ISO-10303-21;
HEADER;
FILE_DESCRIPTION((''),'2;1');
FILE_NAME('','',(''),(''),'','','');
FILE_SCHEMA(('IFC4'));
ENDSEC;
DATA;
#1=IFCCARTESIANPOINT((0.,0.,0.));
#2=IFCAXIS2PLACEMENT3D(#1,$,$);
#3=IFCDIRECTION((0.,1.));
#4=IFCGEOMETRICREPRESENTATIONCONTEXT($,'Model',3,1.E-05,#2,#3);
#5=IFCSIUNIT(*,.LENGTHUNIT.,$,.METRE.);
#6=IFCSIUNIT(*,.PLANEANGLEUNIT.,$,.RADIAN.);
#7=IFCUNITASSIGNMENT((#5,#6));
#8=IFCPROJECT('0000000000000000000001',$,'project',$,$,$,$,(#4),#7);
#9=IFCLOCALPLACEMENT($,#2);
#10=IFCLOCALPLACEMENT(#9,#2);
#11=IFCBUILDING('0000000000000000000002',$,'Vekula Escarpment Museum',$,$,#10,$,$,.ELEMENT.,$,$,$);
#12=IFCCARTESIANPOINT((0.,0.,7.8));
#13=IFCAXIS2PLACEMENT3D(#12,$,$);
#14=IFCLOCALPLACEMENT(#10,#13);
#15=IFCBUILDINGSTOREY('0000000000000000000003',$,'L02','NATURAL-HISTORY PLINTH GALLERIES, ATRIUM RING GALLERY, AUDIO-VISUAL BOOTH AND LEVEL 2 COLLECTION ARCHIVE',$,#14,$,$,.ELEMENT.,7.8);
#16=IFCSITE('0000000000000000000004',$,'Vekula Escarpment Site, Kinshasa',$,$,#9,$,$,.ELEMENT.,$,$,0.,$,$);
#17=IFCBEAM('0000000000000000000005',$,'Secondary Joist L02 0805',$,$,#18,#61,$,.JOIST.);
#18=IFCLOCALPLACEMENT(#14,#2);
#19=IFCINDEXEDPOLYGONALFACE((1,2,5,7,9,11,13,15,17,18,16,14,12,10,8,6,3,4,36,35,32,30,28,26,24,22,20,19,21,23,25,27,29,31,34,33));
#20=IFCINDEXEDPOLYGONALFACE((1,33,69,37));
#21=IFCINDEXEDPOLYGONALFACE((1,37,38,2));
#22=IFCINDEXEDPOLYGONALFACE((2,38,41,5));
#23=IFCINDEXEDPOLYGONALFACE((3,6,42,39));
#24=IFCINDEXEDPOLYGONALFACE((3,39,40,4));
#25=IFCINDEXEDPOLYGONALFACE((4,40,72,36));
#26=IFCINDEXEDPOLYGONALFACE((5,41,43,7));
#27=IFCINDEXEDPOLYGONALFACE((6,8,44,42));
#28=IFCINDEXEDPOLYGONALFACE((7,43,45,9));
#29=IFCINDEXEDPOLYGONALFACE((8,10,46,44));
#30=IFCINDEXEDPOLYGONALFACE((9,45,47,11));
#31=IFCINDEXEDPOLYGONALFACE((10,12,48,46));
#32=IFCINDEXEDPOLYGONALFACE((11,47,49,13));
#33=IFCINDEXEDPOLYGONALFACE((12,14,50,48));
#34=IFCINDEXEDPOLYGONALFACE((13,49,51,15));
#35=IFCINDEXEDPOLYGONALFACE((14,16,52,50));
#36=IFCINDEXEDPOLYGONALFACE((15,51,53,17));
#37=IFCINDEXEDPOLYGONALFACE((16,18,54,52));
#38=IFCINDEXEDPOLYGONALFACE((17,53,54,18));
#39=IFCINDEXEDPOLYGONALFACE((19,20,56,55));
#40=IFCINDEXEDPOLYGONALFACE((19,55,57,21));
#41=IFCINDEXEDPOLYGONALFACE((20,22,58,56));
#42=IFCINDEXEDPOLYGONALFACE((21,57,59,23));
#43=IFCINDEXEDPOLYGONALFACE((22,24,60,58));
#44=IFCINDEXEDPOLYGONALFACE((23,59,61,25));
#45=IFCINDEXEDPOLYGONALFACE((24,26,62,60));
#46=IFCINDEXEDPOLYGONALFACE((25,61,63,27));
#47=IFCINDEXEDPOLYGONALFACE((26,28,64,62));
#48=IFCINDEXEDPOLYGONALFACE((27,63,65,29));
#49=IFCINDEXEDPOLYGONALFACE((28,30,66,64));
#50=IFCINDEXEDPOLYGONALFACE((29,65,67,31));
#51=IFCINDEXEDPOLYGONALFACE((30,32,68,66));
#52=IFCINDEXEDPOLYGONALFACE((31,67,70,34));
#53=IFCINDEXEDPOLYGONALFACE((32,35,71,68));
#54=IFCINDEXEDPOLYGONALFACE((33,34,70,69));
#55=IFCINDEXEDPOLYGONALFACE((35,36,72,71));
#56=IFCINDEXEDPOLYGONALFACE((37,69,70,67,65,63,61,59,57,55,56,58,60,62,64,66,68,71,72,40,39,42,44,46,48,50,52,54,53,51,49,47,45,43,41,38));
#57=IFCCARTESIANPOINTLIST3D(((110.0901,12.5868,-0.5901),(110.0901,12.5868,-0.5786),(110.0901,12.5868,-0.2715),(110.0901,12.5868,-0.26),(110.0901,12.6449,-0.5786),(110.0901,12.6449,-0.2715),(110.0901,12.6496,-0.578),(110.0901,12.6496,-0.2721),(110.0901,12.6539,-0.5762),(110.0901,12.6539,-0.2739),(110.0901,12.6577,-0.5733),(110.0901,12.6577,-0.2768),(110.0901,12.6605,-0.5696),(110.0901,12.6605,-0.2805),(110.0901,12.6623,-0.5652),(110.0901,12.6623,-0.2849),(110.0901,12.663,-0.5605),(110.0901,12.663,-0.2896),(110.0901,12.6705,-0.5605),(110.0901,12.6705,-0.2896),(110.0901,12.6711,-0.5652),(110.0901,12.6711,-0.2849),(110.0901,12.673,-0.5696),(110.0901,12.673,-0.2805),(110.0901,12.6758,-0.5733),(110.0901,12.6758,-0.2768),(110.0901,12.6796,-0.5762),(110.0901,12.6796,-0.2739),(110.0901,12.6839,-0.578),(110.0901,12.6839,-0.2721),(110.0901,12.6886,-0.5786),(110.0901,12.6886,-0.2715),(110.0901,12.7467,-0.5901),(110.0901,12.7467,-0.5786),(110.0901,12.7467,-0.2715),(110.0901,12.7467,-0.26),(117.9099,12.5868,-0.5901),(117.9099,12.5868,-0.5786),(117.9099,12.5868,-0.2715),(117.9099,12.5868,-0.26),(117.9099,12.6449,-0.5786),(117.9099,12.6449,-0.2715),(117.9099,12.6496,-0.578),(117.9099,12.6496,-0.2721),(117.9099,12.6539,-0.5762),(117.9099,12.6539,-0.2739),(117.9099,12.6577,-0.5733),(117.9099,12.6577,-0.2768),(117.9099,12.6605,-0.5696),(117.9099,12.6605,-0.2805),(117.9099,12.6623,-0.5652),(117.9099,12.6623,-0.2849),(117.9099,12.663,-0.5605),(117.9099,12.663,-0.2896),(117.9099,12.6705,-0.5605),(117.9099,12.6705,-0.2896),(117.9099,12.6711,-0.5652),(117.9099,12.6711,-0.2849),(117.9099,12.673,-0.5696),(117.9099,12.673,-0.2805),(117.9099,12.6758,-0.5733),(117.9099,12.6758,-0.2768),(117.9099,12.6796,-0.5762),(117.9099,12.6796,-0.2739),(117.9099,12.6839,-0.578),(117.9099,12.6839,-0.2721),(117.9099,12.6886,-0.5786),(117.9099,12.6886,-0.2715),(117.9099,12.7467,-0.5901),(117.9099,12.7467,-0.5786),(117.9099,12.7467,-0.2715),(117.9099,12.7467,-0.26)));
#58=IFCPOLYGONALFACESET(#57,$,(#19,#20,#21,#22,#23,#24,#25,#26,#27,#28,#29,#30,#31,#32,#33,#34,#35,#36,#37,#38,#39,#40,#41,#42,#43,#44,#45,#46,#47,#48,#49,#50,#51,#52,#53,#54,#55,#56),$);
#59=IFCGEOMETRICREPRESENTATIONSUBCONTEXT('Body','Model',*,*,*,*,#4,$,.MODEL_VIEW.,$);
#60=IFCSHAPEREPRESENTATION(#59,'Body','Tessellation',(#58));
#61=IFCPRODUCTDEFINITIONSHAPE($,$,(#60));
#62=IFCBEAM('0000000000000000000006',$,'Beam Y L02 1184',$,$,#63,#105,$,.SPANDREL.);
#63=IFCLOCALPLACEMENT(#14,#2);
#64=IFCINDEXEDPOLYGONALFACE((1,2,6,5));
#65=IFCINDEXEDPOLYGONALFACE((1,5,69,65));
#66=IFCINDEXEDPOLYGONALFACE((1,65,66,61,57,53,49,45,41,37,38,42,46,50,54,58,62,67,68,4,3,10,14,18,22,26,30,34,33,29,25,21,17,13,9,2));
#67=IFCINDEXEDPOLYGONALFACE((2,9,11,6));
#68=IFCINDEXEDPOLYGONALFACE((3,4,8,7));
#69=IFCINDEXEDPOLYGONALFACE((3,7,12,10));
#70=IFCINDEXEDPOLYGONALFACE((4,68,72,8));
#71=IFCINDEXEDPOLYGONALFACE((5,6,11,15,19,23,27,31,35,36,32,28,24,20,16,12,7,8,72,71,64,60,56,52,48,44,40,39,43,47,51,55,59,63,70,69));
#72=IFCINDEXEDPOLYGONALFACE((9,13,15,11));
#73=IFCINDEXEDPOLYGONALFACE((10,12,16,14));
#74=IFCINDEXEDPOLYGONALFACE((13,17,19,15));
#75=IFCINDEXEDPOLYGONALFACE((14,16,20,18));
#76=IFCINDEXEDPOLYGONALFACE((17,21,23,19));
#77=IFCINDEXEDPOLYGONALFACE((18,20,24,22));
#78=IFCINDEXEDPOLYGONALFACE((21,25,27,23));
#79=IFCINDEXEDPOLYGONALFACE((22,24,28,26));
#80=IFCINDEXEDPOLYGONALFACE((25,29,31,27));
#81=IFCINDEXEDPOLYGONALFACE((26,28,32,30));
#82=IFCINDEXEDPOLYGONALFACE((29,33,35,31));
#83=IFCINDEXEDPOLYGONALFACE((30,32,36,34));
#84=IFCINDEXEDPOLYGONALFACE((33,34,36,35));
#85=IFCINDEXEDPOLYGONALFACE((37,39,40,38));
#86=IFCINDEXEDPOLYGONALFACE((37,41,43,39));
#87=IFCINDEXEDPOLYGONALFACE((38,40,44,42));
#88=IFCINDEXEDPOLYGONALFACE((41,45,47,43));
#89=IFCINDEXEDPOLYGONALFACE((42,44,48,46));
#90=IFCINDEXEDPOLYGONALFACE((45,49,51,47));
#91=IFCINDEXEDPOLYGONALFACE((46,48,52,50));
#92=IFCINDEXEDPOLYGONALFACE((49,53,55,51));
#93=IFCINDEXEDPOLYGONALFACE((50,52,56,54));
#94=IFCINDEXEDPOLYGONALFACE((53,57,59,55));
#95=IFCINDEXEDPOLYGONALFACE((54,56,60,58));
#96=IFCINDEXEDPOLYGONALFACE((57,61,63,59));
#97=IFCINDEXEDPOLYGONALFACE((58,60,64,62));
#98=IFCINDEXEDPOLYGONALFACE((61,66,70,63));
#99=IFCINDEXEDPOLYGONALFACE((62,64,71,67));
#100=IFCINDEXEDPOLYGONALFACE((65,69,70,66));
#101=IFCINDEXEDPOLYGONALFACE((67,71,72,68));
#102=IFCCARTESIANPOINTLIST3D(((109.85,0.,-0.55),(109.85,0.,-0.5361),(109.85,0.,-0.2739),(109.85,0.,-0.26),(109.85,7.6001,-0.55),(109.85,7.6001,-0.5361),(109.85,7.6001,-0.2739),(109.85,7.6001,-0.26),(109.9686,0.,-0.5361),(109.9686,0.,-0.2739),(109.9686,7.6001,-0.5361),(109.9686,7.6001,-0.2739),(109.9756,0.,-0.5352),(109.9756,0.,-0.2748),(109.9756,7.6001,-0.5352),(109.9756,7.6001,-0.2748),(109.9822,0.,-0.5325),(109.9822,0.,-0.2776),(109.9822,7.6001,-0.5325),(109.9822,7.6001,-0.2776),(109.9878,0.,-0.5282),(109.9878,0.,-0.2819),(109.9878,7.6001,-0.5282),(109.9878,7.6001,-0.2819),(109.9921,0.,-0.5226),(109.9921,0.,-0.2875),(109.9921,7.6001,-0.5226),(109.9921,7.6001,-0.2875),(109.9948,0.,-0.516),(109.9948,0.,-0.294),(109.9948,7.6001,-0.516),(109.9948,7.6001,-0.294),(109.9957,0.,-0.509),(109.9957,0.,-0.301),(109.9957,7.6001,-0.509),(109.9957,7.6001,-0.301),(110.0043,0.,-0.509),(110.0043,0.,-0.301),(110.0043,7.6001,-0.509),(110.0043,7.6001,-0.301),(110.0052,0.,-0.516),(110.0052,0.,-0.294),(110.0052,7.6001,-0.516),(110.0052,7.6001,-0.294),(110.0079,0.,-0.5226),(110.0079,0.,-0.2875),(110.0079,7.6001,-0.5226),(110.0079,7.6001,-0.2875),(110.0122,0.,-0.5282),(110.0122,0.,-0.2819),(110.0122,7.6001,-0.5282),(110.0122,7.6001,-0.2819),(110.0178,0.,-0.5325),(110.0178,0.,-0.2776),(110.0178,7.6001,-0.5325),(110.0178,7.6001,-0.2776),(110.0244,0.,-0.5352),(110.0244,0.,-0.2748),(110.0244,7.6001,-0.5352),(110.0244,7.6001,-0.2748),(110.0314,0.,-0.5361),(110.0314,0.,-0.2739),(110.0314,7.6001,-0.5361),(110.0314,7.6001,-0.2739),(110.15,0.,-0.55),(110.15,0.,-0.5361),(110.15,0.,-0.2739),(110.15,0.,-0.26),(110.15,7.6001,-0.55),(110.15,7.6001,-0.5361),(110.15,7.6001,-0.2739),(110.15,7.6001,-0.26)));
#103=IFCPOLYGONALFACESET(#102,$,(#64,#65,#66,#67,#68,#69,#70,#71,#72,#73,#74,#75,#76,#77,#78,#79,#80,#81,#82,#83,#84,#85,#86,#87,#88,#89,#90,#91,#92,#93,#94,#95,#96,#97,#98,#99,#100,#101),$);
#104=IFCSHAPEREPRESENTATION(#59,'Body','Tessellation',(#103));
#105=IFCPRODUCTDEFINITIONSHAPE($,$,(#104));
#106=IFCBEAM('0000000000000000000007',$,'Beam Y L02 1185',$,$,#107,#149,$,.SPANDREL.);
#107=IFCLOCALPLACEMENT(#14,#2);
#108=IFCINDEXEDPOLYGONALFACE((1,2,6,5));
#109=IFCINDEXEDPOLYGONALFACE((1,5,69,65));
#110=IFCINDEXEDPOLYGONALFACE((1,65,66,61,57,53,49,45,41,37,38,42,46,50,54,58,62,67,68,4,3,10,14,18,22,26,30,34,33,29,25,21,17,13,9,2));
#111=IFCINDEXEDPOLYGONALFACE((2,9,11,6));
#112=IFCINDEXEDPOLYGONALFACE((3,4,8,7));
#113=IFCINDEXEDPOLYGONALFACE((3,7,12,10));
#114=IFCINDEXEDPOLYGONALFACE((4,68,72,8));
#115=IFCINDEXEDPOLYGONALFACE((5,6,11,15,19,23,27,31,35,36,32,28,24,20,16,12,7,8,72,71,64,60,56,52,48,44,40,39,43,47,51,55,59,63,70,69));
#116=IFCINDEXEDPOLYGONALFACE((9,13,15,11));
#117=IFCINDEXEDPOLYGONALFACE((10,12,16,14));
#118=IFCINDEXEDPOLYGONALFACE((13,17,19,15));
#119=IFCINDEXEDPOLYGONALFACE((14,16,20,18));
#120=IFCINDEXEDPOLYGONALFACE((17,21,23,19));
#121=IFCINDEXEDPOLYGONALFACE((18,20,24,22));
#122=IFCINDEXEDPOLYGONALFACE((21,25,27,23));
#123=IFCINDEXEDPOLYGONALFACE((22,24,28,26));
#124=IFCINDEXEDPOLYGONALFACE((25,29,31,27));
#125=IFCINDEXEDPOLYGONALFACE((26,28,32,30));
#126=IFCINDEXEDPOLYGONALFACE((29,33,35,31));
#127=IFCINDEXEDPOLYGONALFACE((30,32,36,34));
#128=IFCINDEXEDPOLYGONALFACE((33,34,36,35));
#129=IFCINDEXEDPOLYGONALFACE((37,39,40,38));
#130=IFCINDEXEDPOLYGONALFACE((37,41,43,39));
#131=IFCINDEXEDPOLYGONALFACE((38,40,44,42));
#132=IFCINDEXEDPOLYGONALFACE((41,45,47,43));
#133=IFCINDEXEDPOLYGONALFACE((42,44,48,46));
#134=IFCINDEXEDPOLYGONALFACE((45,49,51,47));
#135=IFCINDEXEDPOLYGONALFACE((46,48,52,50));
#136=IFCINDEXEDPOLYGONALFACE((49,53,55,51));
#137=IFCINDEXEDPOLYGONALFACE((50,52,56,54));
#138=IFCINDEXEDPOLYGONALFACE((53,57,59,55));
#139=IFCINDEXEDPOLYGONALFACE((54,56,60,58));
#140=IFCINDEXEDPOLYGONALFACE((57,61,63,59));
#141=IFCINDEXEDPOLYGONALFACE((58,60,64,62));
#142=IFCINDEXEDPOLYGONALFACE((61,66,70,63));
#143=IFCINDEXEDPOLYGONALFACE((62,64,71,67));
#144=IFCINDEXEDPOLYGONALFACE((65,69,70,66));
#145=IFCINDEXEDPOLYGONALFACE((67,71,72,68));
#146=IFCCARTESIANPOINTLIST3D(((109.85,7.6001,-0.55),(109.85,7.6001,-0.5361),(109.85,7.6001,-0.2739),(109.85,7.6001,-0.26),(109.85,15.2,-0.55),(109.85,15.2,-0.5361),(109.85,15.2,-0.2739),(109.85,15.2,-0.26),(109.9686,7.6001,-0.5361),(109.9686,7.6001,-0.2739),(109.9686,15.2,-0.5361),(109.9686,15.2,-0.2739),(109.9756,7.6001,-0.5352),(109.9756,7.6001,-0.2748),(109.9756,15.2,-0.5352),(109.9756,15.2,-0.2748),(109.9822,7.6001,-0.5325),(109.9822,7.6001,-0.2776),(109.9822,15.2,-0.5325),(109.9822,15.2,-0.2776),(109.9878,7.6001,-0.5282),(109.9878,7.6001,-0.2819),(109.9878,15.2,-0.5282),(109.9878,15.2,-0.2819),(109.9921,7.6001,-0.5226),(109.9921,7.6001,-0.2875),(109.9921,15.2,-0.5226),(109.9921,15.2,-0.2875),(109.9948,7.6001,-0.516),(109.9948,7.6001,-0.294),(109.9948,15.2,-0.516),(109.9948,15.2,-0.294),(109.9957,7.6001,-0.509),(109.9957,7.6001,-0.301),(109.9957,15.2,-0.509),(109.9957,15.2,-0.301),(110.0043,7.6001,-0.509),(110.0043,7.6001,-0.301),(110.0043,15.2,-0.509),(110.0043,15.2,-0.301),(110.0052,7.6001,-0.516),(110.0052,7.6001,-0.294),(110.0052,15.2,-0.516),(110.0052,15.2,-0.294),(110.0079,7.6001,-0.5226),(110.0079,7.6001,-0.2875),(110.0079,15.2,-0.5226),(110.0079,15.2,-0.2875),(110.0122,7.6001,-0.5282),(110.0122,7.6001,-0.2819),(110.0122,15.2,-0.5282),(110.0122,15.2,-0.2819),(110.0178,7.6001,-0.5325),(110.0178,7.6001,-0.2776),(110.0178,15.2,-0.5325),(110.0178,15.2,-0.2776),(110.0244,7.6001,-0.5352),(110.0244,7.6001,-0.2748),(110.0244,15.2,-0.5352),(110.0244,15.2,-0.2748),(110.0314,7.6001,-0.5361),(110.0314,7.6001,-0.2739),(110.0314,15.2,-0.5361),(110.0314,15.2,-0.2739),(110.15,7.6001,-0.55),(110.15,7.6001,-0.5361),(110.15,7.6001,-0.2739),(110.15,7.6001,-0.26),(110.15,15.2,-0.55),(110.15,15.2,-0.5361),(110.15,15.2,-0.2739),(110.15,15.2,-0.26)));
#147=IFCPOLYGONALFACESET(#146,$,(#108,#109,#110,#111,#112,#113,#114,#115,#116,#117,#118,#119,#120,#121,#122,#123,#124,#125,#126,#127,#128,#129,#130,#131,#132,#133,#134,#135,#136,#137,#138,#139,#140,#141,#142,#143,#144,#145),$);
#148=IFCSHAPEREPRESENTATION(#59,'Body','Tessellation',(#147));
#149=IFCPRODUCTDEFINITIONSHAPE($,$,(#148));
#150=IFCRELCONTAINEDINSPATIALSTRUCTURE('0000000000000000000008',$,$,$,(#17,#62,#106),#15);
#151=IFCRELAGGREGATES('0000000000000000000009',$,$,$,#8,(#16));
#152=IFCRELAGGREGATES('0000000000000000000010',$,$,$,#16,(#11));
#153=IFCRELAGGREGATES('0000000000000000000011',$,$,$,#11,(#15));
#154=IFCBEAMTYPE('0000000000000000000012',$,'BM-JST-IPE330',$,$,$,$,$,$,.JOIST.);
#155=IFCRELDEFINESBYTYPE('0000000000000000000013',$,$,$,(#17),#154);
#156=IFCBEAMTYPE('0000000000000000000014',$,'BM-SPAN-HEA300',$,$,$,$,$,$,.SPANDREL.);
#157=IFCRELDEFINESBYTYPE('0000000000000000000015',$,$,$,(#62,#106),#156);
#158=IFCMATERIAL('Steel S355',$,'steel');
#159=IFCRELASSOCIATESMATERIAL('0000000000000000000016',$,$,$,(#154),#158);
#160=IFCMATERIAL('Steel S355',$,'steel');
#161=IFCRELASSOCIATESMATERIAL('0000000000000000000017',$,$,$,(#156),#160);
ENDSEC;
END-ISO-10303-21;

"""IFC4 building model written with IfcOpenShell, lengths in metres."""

from ifc_helpers import new_model, si_unit, direction, frame, origin, origin_2d, place, context, subcontext, project, spatial, i_section, extrude, material, material_profile, profile_set, type_object, element, save


model = new_model("IFC4")

# Units and contexts
model_context = context("Model", 3, precision=1e-05, world=origin(), true_north=direction((0.0, 1.0)))
body_context = subcontext(model_context, "Body", "Model", "MODEL_VIEW")
ifc_project = project(units=[si_unit("LENGTHUNIT", "METRE"), si_unit("PLANEANGLEUNIT", "RADIAN")], contexts=[model_context])

# Site, building, storey
site_placement = place(None, origin())
site = spatial("IfcSite", under=ifc_project, at=site_placement, Name="Vekula Escarpment Site, Kinshasa", CompositionType="ELEMENT", RefElevation=0.0)
building_placement = place(site_placement, origin())
building = spatial("IfcBuilding", under=site, at=building_placement, Name="Vekula Escarpment Museum", CompositionType="ELEMENT")
storey_placement = place(building_placement, frame((0.0, 0.0, 7.8)))
storey = spatial("IfcBuildingStorey", under=building, at=storey_placement, Name="L02", Description="NATURAL-HISTORY PLINTH GALLERIES, ATRIUM RING GALLERY, AUDIO-VISUAL BOOTH AND LEVEL 2 COLLECTION ARCHIVE", CompositionType="ELEMENT", Elevation=7.8)

# Beams
ifc_material_1 = material(Name="Steel S355", Category="steel")
ifc_material_profile_1 = material_profile(ifc_material_1, i_section(OverallWidth=0.1599, OverallDepth=0.3301, WebThickness=0.0076, FlangeThickness=0.0115, FilletRadius=0.0181, at=origin_2d()), Name="IPE 330")
ifc_profile_set_1 = profile_set([ifc_material_profile_1], Name="Steel S355")
beam_type_1 = type_object("IfcBeamType", Name="BM-JST-IPE330", PredefinedType="JOIST", material=ifc_profile_set_1)
for number, where, z_axis, x_axis, name in (
    (1, (110.0901, 12.6667, -0.425), (1.0, 0.0, 0.0), (0.0, 1.0, 0.0), "Secondary Joist L02 0805"),
):
    element("IfcBeam", number, at=place(storey_placement, frame(where, z_axis=z_axis, x_axis=x_axis)), inside=storey, type_object=beam_type_1, Name=name, PredefinedType="JOIST", context=body_context, shape_type="SweptSolid", body=[
        extrude(i_section(OverallWidth=0.1599, OverallDepth=0.3301, WebThickness=0.0076, FlangeThickness=0.0115, FilletRadius=0.0181, at=origin_2d()), origin(), (0.0, 0.0, 1.0), 7.8198),
    ])
ifc_material_2 = material(Name="Steel S355", Category="steel")
ifc_material_profile_2 = material_profile(ifc_material_2, i_section(OverallWidth=0.3, OverallDepth=0.29, WebThickness=0.0085, FlangeThickness=0.0139, FilletRadius=0.0271, at=origin_2d()), Name="HEA 300")
ifc_profile_set_2 = profile_set([ifc_material_profile_2], Name="Steel S355")
beam_type_2 = type_object("IfcBeamType", Name="BM-SPAN-HEA300", PredefinedType="SPANDREL", material=ifc_profile_set_2)
beam_1_placement = place(storey_placement, frame((110.0, 0.0, -0.405), z_axis=(0.0, 1.0, 0.0), x_axis=(-1.0, 0.0, 0.0)))
element("IfcBeam", 2, at=beam_1_placement, inside=storey, type_object=beam_type_2, Name="Beam Y L02 1184", PredefinedType="SPANDREL", context=body_context, shape_type="SweptSolid", body=[
    extrude(i_section(OverallWidth=0.3, OverallDepth=0.29, WebThickness=0.0085, FlangeThickness=0.0139, FilletRadius=0.0271, at=origin_2d()), origin(), (0.0, 0.0, 1.0), 7.6001),
])
beam_2_placement = place(storey_placement, frame((110.0, 7.6001, -0.405), z_axis=(0.0, 1.0, 0.0), x_axis=(-1.0, 0.0, 0.0)))
element("IfcBeam", 3, at=beam_2_placement, inside=storey, type_object=beam_type_2, Name="Beam Y L02 1185", PredefinedType="SPANDREL", context=body_context, shape_type="SweptSolid", body=[
    extrude(i_section(OverallWidth=0.3, OverallDepth=0.29, WebThickness=0.0085, FlangeThickness=0.0139, FilletRadius=0.0271, at=origin_2d()), origin(), (0.0, 0.0, 1.0), 7.5999),
])

save(model, "model.ifc")
